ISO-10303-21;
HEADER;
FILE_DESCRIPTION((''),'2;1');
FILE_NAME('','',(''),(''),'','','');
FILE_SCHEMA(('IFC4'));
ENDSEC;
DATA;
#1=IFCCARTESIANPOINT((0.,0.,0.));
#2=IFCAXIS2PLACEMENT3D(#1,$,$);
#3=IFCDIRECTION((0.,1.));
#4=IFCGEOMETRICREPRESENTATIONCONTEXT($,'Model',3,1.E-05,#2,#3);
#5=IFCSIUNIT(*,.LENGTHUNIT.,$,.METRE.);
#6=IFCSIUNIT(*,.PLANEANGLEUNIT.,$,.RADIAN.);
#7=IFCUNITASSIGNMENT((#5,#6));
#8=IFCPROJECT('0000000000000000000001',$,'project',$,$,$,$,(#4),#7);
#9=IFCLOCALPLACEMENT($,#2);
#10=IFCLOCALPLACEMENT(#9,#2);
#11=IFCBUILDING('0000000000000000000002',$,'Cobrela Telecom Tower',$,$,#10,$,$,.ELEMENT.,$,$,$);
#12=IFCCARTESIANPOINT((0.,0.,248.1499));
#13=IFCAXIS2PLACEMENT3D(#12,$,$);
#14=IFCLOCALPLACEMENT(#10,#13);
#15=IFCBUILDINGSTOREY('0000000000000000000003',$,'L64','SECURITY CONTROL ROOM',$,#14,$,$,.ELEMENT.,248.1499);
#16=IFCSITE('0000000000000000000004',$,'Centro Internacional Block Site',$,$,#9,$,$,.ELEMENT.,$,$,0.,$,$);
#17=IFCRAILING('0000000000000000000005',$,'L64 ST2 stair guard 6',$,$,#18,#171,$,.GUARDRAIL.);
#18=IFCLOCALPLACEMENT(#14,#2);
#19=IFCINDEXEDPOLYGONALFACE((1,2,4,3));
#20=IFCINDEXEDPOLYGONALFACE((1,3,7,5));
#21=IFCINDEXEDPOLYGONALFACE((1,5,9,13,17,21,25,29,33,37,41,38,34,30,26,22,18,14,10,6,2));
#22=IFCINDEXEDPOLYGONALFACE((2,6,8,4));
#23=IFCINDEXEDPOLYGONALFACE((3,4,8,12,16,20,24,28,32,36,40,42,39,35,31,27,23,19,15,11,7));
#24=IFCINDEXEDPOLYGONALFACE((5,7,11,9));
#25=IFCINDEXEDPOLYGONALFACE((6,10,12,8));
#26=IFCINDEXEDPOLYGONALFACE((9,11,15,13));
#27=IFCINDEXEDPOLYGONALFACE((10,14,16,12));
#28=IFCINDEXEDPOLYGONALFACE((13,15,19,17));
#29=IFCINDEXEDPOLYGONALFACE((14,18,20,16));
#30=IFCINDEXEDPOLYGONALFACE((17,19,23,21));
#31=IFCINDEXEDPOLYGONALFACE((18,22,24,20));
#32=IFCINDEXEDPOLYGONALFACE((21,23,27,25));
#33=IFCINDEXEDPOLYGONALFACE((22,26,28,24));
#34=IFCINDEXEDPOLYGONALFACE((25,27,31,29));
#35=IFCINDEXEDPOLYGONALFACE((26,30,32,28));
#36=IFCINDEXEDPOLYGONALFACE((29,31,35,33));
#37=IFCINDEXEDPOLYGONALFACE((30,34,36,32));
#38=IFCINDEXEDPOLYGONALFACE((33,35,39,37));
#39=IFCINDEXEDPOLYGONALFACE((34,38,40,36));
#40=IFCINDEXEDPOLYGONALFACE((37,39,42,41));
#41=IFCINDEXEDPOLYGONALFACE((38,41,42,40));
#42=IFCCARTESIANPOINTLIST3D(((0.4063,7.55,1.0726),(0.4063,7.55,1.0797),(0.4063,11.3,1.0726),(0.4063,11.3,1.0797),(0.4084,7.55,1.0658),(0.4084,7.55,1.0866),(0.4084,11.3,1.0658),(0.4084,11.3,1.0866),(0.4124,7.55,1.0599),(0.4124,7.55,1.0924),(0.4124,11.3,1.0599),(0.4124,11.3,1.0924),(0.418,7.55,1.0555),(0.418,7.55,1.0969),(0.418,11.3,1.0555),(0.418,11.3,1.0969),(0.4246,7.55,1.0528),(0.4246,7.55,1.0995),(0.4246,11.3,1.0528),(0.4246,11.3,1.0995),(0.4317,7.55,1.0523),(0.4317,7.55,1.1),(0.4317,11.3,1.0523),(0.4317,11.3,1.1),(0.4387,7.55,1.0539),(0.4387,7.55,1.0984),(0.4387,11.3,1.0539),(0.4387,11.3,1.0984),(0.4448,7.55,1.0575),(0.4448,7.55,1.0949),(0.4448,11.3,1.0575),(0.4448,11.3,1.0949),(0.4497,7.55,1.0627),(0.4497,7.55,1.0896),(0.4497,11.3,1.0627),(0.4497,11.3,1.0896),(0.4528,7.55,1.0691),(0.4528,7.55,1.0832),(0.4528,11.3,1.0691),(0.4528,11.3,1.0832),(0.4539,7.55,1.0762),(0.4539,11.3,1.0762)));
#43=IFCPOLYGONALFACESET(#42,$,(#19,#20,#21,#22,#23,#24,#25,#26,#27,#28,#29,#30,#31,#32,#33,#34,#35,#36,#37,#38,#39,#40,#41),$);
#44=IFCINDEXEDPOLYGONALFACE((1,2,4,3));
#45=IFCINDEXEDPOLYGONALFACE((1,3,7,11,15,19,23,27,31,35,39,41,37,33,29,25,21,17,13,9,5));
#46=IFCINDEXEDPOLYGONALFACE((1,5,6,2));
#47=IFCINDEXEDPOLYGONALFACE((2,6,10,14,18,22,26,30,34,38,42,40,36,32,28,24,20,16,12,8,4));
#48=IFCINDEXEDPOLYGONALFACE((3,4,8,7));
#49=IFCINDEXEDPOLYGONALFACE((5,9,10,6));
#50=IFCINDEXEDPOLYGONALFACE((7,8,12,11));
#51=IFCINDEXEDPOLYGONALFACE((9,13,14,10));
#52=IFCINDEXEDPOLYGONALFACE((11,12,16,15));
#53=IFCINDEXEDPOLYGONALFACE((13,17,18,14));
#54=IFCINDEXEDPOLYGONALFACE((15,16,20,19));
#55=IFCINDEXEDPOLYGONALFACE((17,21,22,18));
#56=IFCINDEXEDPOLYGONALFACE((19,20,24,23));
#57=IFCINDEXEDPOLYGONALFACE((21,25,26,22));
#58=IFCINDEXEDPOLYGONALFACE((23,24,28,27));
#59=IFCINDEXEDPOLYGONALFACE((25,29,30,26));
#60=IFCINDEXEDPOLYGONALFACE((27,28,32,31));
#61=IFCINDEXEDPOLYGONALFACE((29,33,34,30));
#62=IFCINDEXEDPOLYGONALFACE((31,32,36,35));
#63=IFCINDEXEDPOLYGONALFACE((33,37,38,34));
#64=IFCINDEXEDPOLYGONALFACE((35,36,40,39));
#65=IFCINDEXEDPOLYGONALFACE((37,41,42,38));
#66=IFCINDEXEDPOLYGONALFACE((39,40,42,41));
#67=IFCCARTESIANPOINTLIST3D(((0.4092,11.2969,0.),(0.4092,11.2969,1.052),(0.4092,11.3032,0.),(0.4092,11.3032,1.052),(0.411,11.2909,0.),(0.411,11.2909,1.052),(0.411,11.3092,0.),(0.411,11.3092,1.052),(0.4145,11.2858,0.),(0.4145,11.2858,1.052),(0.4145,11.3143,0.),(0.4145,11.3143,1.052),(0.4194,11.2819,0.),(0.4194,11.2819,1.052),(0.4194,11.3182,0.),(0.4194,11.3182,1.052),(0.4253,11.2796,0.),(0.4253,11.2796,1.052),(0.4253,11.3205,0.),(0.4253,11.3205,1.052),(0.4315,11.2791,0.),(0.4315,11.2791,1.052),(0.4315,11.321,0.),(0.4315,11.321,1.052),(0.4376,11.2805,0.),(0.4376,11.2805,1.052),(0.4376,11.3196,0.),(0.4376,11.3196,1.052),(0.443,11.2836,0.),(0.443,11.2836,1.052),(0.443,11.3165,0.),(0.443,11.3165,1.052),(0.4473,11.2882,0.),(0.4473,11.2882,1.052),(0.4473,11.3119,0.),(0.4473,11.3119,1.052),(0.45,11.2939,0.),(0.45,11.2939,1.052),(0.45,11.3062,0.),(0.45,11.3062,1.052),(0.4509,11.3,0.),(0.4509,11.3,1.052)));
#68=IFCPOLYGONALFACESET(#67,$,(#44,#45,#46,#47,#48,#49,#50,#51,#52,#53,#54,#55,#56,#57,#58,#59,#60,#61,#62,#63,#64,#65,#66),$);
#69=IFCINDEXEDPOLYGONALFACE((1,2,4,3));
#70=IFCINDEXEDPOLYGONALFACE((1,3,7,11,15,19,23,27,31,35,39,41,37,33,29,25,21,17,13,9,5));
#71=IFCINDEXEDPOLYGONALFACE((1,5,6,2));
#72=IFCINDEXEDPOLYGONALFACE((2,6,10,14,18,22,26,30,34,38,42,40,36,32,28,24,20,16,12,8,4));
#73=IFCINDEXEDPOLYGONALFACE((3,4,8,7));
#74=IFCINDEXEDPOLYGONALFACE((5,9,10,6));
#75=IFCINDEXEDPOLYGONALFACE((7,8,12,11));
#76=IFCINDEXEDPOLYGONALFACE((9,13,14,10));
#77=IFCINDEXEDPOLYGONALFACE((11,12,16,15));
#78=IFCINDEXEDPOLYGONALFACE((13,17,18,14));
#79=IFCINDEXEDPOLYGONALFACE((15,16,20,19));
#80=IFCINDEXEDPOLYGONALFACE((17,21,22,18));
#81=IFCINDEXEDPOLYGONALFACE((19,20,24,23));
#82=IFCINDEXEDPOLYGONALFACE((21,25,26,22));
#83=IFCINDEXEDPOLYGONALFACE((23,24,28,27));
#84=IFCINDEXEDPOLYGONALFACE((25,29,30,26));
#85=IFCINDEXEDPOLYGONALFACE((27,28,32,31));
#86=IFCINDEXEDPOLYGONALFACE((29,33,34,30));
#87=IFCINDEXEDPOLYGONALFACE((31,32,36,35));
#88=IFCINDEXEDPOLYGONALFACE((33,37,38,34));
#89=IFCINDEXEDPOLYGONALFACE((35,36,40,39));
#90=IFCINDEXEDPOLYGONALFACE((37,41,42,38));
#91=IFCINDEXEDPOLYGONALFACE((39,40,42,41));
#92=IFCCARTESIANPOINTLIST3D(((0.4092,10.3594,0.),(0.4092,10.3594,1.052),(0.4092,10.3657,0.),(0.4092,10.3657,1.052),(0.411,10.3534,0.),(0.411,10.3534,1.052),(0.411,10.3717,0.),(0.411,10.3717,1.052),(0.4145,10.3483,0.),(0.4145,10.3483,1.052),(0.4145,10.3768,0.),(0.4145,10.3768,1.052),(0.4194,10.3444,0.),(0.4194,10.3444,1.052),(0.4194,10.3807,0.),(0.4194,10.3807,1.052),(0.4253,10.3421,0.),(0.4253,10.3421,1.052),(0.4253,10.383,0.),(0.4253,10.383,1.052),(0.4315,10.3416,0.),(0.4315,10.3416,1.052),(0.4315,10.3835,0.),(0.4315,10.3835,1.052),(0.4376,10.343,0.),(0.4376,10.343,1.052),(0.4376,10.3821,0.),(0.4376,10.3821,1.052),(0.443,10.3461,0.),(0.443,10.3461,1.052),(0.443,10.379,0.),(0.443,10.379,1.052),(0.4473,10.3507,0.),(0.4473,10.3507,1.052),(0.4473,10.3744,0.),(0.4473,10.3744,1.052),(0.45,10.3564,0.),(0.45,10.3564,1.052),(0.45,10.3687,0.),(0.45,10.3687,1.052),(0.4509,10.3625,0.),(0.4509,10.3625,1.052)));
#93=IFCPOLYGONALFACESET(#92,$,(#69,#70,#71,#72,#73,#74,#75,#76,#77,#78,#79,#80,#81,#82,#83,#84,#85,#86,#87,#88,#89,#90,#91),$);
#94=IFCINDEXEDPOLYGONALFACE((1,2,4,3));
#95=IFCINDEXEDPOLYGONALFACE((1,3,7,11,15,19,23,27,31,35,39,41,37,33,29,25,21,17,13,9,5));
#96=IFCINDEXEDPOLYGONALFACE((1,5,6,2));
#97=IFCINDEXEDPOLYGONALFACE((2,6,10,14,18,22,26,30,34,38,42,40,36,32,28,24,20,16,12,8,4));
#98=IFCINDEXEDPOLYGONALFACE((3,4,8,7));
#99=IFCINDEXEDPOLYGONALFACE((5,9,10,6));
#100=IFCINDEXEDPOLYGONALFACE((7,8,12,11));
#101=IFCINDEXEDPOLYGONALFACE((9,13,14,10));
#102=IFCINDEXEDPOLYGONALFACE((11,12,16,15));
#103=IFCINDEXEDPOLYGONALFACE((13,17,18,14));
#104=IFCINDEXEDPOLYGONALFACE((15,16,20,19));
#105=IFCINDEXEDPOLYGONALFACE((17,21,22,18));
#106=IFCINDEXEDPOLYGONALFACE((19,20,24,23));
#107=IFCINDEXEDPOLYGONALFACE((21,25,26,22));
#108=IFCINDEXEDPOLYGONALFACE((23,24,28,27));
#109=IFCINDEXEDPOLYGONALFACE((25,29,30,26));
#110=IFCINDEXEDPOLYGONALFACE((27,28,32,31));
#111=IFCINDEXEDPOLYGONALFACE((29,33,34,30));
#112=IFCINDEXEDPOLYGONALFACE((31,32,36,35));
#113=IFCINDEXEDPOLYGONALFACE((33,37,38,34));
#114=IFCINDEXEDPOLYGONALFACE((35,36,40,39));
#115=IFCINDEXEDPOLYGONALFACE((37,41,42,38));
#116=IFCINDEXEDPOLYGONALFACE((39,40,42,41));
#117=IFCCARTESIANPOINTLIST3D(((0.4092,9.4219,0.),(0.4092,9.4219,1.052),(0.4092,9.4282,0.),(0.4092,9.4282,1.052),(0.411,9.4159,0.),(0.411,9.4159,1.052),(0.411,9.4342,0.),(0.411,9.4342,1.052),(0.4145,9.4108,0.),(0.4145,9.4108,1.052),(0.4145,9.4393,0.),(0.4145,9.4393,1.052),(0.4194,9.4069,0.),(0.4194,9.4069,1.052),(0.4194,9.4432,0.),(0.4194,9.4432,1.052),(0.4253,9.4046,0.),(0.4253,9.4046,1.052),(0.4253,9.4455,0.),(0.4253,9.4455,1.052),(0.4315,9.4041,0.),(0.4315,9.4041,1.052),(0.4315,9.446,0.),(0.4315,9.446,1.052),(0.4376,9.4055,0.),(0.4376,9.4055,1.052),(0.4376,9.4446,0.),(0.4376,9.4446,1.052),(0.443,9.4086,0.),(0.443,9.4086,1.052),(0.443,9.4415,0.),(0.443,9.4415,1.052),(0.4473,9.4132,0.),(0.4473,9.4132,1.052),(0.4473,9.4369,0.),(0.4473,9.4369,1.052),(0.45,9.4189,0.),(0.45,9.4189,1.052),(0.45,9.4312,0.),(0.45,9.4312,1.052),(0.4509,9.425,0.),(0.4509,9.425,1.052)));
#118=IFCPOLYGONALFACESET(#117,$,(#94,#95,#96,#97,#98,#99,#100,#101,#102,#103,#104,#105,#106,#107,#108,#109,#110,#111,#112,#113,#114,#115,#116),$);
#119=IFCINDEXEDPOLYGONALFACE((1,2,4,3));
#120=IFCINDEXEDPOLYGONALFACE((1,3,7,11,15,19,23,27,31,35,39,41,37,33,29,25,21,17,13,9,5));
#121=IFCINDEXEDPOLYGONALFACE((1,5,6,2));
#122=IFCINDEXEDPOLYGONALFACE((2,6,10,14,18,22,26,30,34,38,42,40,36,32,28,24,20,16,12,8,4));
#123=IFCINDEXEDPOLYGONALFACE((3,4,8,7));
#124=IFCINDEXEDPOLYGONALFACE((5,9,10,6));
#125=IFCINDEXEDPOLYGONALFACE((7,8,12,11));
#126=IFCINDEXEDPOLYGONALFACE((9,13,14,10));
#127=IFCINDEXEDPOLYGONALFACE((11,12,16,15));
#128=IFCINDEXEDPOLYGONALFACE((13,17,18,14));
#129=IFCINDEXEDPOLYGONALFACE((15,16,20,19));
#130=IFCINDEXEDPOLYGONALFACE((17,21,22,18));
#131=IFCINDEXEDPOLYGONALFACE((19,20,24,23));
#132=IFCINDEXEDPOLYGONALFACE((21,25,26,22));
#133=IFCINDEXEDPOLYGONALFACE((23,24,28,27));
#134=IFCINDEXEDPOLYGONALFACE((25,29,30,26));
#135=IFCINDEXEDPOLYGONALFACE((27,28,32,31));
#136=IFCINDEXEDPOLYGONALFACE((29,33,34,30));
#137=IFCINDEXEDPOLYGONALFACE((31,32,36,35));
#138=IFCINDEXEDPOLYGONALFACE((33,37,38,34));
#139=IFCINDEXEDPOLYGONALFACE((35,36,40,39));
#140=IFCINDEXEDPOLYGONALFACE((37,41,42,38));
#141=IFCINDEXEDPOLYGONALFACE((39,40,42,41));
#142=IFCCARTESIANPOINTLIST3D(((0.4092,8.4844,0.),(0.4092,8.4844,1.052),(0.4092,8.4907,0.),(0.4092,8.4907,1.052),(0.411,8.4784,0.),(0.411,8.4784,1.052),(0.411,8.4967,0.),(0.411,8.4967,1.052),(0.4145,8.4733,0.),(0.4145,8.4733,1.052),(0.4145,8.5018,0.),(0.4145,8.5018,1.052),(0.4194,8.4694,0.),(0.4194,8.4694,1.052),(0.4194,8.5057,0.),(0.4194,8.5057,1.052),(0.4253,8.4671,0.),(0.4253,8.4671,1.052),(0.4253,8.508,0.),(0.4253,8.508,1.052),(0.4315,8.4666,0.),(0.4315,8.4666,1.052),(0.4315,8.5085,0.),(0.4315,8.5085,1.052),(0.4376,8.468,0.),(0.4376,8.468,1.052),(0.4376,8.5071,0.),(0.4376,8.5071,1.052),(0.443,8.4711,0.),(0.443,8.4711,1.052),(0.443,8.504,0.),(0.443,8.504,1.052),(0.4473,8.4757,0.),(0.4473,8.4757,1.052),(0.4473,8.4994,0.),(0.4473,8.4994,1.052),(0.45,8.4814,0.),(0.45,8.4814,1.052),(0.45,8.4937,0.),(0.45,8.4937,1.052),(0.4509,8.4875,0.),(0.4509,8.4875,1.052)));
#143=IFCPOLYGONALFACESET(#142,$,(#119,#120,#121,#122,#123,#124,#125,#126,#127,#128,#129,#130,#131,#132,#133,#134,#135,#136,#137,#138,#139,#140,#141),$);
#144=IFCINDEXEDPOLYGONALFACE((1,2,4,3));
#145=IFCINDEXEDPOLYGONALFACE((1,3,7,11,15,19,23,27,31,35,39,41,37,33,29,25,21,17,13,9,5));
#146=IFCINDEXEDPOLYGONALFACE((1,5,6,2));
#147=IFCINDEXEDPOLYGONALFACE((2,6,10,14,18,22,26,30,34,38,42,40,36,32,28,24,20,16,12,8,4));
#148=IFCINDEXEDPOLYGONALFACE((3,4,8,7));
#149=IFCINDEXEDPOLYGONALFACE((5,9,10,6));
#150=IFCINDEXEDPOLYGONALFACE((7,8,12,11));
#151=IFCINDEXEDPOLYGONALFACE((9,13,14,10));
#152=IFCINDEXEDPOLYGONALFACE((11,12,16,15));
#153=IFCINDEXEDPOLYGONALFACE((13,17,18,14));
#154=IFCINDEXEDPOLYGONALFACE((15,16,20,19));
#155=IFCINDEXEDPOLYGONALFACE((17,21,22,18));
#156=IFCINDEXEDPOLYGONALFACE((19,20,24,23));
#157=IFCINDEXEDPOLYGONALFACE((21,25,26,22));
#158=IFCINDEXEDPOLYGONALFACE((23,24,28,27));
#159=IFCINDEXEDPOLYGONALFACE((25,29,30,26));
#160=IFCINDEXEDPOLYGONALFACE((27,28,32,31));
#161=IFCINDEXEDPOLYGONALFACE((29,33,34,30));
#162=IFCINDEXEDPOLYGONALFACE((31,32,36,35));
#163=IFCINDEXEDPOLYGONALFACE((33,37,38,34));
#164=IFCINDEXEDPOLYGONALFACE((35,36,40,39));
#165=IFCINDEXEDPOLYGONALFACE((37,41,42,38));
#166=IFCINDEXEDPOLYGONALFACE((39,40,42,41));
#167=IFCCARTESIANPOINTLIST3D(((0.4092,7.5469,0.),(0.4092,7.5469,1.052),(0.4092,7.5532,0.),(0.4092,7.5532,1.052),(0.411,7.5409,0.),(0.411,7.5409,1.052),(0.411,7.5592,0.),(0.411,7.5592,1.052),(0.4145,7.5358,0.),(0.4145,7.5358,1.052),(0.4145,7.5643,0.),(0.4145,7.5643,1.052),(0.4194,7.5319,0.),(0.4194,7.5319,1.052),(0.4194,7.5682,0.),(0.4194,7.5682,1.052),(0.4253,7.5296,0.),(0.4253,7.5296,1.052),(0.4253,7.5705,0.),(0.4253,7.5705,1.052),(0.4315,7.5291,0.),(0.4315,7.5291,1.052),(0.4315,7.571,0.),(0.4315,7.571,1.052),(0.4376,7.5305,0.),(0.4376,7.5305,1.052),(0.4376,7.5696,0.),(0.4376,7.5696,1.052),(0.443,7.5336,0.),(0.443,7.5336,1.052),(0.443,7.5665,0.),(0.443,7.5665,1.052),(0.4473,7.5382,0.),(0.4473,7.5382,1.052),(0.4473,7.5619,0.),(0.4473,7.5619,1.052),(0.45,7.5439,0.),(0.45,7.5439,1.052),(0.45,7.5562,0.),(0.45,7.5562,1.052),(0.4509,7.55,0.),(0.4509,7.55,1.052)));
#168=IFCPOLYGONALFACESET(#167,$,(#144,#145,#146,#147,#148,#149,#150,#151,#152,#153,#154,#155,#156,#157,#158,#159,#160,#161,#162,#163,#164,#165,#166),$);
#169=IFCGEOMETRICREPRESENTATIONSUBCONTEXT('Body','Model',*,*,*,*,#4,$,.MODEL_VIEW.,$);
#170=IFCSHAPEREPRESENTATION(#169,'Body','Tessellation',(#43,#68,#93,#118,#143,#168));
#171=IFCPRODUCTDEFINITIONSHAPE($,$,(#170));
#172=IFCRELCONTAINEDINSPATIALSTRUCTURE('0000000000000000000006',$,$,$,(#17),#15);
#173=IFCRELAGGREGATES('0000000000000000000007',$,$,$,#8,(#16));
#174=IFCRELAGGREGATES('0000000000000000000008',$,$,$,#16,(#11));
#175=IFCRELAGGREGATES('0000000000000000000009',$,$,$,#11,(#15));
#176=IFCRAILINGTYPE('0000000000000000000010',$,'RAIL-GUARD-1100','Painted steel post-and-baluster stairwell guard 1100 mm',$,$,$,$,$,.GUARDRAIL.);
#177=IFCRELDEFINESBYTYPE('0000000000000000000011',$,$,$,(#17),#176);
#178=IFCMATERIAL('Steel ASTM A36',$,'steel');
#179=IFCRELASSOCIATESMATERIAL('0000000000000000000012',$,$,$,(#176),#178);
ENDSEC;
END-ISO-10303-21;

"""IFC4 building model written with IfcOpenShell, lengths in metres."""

from ifc_helpers import new_model, si_unit, direction, frame, origin, origin_2d, place, context, subcontext, project, spatial, circle, extrude, material, type_object, element, save


model = new_model("IFC4")

# Units and contexts
model_context = context("Model", 3, precision=1e-05, world=origin(), true_north=direction((0.0, 1.0)))
body_context = subcontext(model_context, "Body", "Model", "MODEL_VIEW")
ifc_project = project(units=[si_unit("LENGTHUNIT", "METRE"), si_unit("PLANEANGLEUNIT", "RADIAN")], contexts=[model_context])

# Site, building, storey
site_placement = place(None, origin())
site = spatial("IfcSite", under=ifc_project, at=site_placement, Name="Centro Internacional Block Site", CompositionType="ELEMENT", RefElevation=0.0)
building_placement = place(site_placement, origin())
building = spatial("IfcBuilding", under=site, at=building_placement, Name="Cobrela Telecom Tower", CompositionType="ELEMENT")
storey_placement = place(building_placement, frame((0.0, 0.0, 248.1499)))
storey = spatial("IfcBuildingStorey", under=building, at=storey_placement, Name="L64", Description="SECURITY CONTROL ROOM", CompositionType="ELEMENT", Elevation=248.1499)

# Shared definitions
ifc_material_1 = material(Name="Steel ASTM A36", Category="steel")

# Railing
railing_type = type_object("IfcRailingType", Name="RAIL-GUARD-1100", Description="Painted steel post-and-baluster stairwell guard 1100 mm", PredefinedType="GUARDRAIL", material=ifc_material_1)
railing_1_placement = place(storey_placement, frame((0.4299, 11.3, 0.0)))
element("IfcRailing", 1, at=railing_1_placement, inside=storey, type_object=railing_type, Name="L64 ST2 stair guard 6", PredefinedType="GUARDRAIL", context=body_context, shape_type="SweptSolid", body=[
    extrude(circle(Radius=0.0239, at=origin_2d()), frame((0.0, 0.0, 1.0762), z_axis=(0.0, -1.0, 0.0), x_axis=(1.0, 0.0, 0.0)), (0.0, 0.0, 1.0), 3.75),
    extrude(circle(Radius=0.021, at=origin_2d()), origin(), (0.0, 0.0, 1.0), 1.052),
    extrude(circle(Radius=0.021, at=origin_2d()), frame((0.0, -0.9375, 0.0)), (0.0, 0.0, 1.0), 1.052),
    extrude(circle(Radius=0.021, at=origin_2d()), frame((0.0, -1.875, 0.0)), (0.0, 0.0, 1.0), 1.052),
    extrude(circle(Radius=0.021, at=origin_2d()), frame((0.0, -2.8125, 0.0)), (0.0, 0.0, 1.0), 1.052),
    extrude(circle(Radius=0.021, at=origin_2d()), frame((0.0, -3.75, 0.0)), (0.0, 0.0, 1.0), 1.052),
])

save(model, "model.ifc")
